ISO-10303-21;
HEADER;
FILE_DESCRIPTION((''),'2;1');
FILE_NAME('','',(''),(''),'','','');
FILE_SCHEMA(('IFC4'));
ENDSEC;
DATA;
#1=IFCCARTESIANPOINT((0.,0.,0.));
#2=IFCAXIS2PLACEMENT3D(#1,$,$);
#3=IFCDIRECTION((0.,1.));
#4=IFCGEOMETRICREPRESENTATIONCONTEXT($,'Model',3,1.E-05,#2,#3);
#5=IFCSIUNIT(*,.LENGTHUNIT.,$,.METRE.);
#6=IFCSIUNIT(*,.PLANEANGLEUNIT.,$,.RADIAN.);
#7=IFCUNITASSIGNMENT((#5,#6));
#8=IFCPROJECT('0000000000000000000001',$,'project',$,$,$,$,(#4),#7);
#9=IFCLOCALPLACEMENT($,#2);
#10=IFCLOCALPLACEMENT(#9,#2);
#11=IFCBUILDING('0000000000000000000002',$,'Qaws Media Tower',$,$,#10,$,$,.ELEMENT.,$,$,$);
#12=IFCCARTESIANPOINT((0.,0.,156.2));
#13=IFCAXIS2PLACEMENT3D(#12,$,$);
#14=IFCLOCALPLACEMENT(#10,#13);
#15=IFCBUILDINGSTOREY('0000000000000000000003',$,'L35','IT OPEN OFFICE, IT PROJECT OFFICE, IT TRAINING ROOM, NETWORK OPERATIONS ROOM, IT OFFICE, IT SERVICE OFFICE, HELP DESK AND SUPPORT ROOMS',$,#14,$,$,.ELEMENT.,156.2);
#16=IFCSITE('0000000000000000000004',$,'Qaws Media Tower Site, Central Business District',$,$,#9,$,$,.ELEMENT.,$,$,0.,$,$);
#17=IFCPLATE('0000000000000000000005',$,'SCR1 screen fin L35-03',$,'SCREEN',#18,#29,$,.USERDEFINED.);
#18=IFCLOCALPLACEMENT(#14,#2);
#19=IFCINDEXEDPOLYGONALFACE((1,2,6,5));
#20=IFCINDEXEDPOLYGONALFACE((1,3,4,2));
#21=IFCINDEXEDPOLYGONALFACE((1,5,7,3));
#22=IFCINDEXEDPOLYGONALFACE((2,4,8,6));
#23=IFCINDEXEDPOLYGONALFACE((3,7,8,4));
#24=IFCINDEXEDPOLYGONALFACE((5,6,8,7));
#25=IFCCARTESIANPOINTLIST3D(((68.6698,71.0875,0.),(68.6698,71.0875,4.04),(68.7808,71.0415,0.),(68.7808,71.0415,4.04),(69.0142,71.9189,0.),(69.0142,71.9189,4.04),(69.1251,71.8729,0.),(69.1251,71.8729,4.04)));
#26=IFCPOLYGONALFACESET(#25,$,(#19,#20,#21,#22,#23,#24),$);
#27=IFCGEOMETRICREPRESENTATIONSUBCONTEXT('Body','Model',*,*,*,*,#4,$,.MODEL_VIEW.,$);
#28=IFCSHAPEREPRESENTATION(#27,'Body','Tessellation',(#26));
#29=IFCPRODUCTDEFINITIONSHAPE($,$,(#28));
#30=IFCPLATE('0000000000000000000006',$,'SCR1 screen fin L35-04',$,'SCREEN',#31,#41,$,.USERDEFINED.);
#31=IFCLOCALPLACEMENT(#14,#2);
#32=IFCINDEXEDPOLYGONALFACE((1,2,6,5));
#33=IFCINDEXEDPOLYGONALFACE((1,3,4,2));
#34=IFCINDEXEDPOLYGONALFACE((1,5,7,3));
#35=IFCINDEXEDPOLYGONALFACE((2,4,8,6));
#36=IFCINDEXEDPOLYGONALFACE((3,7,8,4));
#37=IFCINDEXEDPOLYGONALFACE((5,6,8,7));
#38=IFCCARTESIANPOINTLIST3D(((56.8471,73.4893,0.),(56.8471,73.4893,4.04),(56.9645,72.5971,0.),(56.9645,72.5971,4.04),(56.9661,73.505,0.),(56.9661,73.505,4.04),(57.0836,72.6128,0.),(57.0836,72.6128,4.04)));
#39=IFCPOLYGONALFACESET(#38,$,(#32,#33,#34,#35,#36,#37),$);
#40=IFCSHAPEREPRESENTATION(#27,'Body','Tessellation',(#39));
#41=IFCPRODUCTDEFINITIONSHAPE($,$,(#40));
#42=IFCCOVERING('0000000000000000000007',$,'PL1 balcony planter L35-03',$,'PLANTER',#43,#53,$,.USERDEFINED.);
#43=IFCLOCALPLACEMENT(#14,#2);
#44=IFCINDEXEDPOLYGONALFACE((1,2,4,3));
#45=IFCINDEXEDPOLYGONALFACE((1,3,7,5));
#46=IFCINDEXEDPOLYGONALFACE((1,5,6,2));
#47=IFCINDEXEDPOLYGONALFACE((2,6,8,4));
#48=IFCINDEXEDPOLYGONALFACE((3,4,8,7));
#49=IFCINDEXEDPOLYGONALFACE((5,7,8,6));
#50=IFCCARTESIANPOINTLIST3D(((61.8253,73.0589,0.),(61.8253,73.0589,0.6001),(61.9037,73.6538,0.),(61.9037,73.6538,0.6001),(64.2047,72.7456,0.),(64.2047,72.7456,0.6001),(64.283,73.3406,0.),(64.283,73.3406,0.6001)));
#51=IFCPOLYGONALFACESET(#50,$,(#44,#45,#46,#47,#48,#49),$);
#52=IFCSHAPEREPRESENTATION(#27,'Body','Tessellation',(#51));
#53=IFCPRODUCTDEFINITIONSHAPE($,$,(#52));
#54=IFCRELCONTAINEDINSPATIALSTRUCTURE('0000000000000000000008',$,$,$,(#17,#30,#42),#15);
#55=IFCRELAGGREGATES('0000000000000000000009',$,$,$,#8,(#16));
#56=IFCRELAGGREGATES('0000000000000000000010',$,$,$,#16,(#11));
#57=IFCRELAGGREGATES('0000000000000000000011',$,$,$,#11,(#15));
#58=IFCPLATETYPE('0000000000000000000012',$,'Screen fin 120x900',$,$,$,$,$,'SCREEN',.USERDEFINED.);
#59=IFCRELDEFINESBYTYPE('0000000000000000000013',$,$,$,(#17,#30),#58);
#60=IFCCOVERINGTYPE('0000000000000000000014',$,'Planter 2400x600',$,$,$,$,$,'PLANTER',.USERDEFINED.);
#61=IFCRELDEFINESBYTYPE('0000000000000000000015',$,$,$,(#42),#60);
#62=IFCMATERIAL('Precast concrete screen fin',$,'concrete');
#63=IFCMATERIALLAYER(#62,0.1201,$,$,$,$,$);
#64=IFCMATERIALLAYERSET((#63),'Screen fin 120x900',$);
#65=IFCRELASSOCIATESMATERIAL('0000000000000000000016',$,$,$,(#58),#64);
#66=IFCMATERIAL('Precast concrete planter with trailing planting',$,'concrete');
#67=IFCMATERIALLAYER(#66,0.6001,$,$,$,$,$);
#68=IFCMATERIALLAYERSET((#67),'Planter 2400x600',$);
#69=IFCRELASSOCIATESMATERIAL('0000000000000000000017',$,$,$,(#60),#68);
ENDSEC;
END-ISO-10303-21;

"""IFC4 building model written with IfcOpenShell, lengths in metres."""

from ifc_helpers import new_model, si_unit, direction, frame, origin, origin_2d, place, context, subcontext, project, spatial, rectangle, extrude, material, layer, layer_set, type_object, element, save


model = new_model("IFC4")

# Units and contexts
model_context = context("Model", 3, precision=1e-05, world=origin(), true_north=direction((0.0, 1.0)))
body_context = subcontext(model_context, "Body", "Model", "MODEL_VIEW")
ifc_project = project(units=[si_unit("LENGTHUNIT", "METRE"), si_unit("PLANEANGLEUNIT", "RADIAN")], contexts=[model_context])

# Site, building, storey
site_placement = place(None, origin())
site = spatial("IfcSite", under=ifc_project, at=site_placement, Name="Qaws Media Tower Site, Central Business District", CompositionType="ELEMENT", RefElevation=0.0)
building_placement = place(site_placement, origin())
building = spatial("IfcBuilding", under=site, at=building_placement, Name="Qaws Media Tower", CompositionType="ELEMENT")
storey_placement = place(building_placement, frame((0.0, 0.0, 156.2)))
storey = spatial("IfcBuildingStorey", under=building, at=storey_placement, Name="L35", Description="IT OPEN OFFICE, IT PROJECT OFFICE, IT TRAINING ROOM, NETWORK OPERATIONS ROOM, IT OFFICE, IT SERVICE OFFICE, HELP DESK AND SUPPORT ROOMS", CompositionType="ELEMENT", Elevation=156.2)

# Plates
ifc_material_1 = material(Name="Precast concrete screen fin", Category="concrete")
ifc_layer_1 = layer(ifc_material_1, 0.1201)
ifc_layer_set_1 = layer_set([ifc_layer_1], Name="Screen fin 120x900")
plate_type_1 = type_object("IfcPlateType", Name="Screen fin 120x900", ElementType="SCREEN", PredefinedType="USERDEFINED", material=ifc_layer_set_1)
for number, where, z_axis, x_axis, name in (
    (1, (68.8975, 71.4802, 0.0), (0.0, 0.0, 1.0), (0.382683, 0.92388, 0.0), "SCR1 screen fin L35-03"),
    (2, (56.9653, 73.051, 0.0), (0.0, 0.0, 1.0), (-0.130526, 0.991445, 0.0), "SCR1 screen fin L35-04"),
):
    element("IfcPlate", number, at=place(storey_placement, frame(where, z_axis=z_axis, x_axis=x_axis)), inside=storey, type_object=plate_type_1, Name=name, ObjectType="SCREEN", PredefinedType="USERDEFINED", context=body_context, shape_type="SweptSolid", body=[
        extrude(rectangle(XDim=0.8999, YDim=0.1201, at=origin_2d()), origin(), (0.0, 0.0, 1.0), 4.04),
    ])

# Covering
ifc_material_2 = material(Name="Precast concrete planter with trailing planting", Category="concrete")
ifc_layer_2 = layer(ifc_material_2, 0.6001)
ifc_layer_set_2 = layer_set([ifc_layer_2], Name="Planter 2400x600")
covering_type = type_object("IfcCoveringType", Name="Planter 2400x600", ElementType="PLANTER", PredefinedType="USERDEFINED", material=ifc_layer_set_2)
covering_placement = place(storey_placement, frame((63.0542, 73.1997, 0.0), z_axis=(0.0, 0.0, 1.0), x_axis=(-0.991445, 0.130526, 0.0)))
element("IfcCovering", 3, at=covering_placement, inside=storey, type_object=covering_type, Name="PL1 balcony planter L35-03", ObjectType="PLANTER", PredefinedType="USERDEFINED", context=body_context, shape_type="SweptSolid", body=[
    extrude(rectangle(XDim=2.3999, YDim=0.6001, at=origin_2d()), origin(), (0.0, 0.0, 1.0), 0.6001),
])

save(model, "model.ifc")
